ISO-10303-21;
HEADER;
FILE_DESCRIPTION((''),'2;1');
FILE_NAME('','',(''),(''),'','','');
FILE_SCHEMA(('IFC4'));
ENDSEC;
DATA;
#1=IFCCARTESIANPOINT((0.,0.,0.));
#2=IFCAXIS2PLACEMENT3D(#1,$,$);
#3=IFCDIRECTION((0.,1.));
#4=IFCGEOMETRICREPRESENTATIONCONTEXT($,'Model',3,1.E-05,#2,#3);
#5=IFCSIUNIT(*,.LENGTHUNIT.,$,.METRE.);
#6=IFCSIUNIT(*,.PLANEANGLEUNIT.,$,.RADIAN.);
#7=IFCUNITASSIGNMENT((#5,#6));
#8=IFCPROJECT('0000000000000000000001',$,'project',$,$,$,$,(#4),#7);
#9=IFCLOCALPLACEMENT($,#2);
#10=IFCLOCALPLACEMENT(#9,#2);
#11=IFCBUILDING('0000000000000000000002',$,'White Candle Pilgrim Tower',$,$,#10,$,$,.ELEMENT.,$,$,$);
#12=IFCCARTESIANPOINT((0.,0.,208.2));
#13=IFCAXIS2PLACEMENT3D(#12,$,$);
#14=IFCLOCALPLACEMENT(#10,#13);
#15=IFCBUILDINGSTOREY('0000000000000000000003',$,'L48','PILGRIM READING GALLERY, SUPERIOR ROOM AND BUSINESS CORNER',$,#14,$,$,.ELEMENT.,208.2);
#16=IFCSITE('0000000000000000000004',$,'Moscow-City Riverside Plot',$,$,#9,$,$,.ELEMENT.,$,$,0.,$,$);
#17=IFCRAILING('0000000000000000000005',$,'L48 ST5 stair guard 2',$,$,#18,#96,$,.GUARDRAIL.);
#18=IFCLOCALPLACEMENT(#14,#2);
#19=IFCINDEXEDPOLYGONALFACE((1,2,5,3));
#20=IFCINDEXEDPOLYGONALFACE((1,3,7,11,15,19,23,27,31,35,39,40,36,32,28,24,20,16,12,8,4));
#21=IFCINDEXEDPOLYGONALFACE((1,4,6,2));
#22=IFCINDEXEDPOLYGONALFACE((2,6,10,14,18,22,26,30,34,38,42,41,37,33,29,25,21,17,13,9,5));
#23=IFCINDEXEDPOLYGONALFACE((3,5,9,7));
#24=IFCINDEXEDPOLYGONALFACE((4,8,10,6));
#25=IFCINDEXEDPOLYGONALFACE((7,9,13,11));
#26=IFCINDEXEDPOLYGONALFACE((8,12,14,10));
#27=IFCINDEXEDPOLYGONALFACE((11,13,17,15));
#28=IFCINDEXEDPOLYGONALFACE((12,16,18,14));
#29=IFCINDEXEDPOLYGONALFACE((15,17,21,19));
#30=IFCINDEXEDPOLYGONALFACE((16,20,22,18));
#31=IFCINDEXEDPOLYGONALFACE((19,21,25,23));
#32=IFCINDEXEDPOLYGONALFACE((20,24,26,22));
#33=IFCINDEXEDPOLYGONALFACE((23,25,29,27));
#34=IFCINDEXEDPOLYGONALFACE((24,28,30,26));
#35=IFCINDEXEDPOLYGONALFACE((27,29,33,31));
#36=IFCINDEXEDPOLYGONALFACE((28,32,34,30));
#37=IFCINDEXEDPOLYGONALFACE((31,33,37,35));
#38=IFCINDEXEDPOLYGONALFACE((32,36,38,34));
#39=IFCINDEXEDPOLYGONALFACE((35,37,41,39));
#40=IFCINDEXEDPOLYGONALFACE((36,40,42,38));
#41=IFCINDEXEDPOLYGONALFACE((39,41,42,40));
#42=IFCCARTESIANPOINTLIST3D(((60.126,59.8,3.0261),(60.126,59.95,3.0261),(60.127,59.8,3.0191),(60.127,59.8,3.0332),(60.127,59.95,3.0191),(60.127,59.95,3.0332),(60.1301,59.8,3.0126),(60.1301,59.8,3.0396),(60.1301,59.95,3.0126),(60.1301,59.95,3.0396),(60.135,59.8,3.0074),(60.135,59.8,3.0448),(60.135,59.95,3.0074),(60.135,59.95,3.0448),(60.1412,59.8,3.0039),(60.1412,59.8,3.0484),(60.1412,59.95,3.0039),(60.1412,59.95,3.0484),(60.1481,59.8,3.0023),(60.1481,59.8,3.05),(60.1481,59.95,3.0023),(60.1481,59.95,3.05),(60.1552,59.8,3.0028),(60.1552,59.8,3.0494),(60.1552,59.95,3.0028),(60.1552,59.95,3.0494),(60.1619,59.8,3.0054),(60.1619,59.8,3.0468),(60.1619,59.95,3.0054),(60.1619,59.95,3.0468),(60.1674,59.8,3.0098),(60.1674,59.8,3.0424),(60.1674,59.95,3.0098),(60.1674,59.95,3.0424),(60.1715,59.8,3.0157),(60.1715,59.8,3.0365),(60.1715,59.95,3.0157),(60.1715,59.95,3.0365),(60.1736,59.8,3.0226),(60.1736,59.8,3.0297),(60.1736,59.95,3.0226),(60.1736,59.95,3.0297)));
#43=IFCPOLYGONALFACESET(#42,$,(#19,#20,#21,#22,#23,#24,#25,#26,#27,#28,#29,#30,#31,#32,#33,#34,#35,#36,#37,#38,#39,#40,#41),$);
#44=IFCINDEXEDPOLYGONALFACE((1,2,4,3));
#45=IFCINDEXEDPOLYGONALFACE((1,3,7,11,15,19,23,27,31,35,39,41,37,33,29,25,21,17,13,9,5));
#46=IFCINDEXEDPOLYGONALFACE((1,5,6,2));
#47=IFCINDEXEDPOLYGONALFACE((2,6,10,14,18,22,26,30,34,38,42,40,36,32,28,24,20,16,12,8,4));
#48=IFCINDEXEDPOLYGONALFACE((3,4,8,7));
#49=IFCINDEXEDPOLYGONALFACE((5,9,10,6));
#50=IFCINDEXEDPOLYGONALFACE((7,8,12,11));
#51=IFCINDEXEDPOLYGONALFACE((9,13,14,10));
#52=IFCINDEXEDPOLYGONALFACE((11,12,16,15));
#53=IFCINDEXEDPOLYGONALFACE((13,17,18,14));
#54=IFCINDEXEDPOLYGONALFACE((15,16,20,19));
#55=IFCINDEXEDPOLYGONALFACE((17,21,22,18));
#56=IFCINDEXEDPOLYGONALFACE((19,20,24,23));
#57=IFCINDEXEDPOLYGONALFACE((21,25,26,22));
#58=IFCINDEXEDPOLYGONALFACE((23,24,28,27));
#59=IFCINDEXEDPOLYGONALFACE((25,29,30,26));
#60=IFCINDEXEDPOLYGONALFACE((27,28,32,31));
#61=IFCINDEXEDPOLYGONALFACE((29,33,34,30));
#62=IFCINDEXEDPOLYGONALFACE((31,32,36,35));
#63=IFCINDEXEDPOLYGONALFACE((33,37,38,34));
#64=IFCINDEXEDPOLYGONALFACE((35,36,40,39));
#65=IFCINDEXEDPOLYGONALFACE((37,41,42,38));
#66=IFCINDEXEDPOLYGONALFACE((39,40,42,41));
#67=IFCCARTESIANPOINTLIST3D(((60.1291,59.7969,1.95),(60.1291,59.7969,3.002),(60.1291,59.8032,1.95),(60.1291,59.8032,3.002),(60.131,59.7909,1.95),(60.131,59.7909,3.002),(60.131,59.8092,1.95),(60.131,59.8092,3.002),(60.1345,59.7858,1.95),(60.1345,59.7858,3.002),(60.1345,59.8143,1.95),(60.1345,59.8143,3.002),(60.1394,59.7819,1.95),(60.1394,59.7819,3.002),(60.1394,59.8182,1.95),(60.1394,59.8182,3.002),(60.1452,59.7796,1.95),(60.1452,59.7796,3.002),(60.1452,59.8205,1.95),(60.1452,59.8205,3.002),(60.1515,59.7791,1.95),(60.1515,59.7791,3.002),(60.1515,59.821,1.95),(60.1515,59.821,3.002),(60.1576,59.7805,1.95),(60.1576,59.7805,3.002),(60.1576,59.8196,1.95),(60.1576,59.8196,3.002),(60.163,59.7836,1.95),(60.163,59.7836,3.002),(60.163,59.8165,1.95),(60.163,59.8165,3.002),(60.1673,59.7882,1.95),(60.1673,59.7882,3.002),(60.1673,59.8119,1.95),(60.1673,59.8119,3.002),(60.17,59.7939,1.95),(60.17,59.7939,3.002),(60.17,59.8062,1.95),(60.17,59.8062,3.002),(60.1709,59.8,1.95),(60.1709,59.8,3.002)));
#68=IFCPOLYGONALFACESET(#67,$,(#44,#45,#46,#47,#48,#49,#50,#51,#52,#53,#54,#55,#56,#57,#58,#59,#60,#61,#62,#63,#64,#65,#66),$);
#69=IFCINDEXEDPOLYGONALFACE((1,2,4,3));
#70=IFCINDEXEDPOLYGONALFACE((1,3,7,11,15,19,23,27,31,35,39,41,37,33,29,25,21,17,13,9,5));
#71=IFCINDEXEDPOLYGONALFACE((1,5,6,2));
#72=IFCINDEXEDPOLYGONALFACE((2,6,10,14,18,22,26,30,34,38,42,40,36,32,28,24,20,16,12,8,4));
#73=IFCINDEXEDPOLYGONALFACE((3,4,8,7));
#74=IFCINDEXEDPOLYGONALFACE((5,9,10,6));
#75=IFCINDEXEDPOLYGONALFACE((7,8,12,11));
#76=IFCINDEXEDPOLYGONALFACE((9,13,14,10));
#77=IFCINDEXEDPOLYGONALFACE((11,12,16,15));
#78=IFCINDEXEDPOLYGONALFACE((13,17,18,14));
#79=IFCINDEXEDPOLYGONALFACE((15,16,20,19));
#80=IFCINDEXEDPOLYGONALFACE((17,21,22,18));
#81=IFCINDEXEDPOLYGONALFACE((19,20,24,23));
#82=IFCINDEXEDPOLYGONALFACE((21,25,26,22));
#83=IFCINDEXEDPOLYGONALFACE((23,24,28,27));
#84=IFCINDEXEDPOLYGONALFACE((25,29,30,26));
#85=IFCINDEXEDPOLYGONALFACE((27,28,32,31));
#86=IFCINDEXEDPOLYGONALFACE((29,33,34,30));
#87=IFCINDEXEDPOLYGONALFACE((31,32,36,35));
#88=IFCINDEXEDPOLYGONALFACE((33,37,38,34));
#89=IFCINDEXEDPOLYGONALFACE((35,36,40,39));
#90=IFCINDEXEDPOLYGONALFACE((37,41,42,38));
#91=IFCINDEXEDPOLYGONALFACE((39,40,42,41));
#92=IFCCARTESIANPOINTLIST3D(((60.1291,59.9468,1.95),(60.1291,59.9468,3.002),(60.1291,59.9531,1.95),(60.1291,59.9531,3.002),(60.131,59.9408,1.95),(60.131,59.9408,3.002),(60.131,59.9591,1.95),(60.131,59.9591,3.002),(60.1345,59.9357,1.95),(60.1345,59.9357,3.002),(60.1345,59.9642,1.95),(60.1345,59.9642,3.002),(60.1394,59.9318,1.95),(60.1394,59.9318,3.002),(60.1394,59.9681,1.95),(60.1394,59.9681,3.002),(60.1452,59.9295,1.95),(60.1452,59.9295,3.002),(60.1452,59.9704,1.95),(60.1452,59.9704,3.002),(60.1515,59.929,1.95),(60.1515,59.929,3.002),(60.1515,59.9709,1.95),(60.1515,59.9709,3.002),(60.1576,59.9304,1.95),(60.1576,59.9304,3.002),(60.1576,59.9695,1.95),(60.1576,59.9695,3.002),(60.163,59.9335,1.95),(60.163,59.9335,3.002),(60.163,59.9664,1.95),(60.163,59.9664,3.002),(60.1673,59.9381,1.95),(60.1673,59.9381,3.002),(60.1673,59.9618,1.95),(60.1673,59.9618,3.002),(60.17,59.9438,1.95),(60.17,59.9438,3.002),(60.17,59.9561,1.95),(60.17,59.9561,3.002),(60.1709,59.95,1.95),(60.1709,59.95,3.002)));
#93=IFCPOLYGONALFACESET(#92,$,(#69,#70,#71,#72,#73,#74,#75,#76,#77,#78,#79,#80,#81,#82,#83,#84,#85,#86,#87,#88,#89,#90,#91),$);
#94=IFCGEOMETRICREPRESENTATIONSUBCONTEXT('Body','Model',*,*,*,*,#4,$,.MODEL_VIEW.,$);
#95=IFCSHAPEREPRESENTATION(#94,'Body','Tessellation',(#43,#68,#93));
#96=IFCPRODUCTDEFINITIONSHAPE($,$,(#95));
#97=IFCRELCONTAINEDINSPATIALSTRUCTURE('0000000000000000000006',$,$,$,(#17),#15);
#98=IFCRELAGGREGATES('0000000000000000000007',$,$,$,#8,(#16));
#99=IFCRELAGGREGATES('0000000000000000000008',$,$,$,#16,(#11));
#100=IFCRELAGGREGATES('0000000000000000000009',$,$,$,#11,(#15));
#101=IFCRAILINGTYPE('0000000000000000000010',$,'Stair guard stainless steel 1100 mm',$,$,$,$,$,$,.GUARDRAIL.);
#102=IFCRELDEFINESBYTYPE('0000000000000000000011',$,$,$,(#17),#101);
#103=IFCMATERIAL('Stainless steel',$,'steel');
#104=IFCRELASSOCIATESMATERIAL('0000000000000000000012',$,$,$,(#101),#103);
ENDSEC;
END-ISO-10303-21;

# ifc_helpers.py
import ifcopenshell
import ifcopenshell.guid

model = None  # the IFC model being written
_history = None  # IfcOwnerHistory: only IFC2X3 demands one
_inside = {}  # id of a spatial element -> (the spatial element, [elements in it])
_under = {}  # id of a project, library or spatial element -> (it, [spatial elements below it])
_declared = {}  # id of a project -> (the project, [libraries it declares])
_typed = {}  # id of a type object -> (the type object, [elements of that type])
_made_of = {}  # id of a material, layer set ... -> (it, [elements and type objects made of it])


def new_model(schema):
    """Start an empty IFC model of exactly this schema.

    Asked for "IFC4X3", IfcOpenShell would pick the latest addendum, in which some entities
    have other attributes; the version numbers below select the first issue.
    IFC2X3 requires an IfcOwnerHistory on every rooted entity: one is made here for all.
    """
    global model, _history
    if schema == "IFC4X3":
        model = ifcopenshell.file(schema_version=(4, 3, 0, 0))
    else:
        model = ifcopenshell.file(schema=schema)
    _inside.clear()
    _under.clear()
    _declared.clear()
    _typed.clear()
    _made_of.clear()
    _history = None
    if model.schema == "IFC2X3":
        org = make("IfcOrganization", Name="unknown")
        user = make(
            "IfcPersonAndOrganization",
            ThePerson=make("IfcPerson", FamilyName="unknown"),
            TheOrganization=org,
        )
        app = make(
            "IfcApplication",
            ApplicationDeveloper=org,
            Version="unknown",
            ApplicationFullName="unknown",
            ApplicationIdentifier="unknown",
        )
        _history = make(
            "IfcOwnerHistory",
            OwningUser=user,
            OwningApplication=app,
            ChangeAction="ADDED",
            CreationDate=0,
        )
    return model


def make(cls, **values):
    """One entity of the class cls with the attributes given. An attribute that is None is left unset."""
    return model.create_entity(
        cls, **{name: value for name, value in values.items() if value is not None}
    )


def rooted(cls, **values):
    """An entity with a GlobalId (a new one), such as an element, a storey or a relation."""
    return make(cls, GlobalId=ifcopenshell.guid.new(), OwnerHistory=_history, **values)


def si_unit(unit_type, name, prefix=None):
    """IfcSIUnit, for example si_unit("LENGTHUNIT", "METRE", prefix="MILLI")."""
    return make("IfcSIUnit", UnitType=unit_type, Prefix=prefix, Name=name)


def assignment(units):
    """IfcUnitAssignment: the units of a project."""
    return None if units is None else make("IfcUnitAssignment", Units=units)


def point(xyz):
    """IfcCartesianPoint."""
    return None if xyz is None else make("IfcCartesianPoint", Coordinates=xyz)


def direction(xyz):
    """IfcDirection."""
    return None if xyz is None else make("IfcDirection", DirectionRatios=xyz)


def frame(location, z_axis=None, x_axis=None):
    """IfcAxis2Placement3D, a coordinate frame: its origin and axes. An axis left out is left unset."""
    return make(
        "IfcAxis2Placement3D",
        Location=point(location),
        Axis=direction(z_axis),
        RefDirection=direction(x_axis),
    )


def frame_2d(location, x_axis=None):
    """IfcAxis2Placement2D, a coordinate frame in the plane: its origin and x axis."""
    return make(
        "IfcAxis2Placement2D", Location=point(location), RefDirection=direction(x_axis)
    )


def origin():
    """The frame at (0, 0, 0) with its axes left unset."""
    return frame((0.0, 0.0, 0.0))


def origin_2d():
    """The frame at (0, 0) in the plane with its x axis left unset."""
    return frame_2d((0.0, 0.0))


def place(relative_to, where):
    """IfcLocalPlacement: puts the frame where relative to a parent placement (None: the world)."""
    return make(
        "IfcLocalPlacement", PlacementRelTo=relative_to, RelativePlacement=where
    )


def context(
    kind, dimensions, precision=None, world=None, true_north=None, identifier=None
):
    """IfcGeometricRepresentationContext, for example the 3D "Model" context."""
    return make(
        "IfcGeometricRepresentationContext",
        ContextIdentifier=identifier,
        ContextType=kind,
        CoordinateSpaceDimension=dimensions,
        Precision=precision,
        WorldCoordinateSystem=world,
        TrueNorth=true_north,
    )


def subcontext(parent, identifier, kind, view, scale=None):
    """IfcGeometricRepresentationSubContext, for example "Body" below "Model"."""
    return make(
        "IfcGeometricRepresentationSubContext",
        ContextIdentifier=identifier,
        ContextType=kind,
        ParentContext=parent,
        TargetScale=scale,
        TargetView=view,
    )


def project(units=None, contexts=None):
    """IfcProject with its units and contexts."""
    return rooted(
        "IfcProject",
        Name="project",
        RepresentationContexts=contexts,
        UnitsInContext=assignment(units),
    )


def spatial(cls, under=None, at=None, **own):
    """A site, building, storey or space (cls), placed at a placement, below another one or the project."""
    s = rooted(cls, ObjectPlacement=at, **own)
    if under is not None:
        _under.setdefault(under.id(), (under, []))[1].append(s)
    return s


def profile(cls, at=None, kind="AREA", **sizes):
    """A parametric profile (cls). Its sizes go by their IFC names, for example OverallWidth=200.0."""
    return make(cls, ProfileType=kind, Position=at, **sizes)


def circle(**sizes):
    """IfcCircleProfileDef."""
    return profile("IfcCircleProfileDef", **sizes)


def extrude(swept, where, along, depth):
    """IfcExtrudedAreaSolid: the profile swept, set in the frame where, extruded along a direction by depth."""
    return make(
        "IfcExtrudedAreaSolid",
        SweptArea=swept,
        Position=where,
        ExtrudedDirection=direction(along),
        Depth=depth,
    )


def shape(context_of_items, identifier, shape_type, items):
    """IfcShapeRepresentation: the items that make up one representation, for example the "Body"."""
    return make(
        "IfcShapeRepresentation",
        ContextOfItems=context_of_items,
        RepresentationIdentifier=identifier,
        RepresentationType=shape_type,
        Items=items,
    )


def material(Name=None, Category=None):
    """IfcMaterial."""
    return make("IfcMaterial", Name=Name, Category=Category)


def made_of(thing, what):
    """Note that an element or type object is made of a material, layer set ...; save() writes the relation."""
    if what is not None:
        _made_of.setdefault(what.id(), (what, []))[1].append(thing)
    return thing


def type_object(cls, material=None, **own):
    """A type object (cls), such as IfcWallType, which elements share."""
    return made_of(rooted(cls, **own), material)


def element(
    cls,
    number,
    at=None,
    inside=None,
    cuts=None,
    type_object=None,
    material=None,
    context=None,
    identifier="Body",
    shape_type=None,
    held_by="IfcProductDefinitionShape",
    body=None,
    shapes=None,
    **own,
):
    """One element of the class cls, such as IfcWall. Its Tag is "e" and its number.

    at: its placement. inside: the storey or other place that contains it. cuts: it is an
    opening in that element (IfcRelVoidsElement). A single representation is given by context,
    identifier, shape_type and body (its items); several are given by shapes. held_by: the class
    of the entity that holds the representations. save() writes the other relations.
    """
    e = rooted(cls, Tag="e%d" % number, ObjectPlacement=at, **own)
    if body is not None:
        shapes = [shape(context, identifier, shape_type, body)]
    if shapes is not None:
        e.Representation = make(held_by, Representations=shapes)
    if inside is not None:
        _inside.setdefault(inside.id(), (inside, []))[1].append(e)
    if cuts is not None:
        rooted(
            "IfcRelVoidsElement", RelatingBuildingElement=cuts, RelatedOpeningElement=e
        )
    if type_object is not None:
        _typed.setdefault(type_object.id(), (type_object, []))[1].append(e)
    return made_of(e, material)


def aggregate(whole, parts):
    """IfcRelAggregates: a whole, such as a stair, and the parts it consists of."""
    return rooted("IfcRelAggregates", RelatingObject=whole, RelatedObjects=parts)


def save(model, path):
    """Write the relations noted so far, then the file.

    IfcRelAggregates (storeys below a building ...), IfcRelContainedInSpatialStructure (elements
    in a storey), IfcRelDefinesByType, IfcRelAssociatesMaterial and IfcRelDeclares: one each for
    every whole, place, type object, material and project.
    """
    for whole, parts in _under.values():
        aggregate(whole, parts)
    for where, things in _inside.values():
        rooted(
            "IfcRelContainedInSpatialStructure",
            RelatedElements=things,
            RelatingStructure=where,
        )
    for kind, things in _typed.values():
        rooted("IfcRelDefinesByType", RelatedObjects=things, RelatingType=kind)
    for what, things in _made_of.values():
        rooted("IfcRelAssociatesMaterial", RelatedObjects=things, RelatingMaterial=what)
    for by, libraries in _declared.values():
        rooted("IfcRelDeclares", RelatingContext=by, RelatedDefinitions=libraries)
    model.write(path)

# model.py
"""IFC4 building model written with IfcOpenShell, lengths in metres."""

from ifc_helpers import new_model, si_unit, direction, frame, origin, origin_2d, place, context, subcontext, project, spatial, circle, extrude, material, type_object, element, save


model = new_model("IFC4")

# Units and contexts
model_context = context("Model", 3, precision=1e-05, world=origin(), true_north=direction((0.0, 1.0)))
body_context = subcontext(model_context, "Body", "Model", "MODEL_VIEW")
ifc_project = project(units=[si_unit("LENGTHUNIT", "METRE"), si_unit("PLANEANGLEUNIT", "RADIAN")], contexts=[model_context])

# Site, building, storey
site_placement = place(None, origin())
site = spatial("IfcSite", under=ifc_project, at=site_placement, Name="Moscow-City Riverside Plot", CompositionType="ELEMENT", RefElevation=0.0)
building_placement = place(site_placement, origin())
building = spatial("IfcBuilding", under=site, at=building_placement, Name="White Candle Pilgrim Tower", CompositionType="ELEMENT")
storey_placement = place(building_placement, frame((0.0, 0.0, 208.2)))
storey = spatial("IfcBuildingStorey", under=building, at=storey_placement, Name="L48", Description="PILGRIM READING GALLERY, SUPERIOR ROOM AND BUSINESS CORNER", CompositionType="ELEMENT", Elevation=208.2)

# Railing
ifc_material_1 = material(Name="Stainless steel", Category="steel")
railing_type_1 = type_object("IfcRailingType", Name="Stair guard stainless steel 1100 mm", PredefinedType="GUARDRAIL", material=ifc_material_1)
railing_1_placement = place(storey_placement, frame((60.1499, 59.8, 1.95)))
element("IfcRailing", 1, at=railing_1_placement, inside=storey, type_object=railing_type_1, Name="L48 ST5 stair guard 2", PredefinedType="GUARDRAIL", context=body_context, shape_type="SweptSolid", body=[
    extrude(circle(Radius=0.0239, at=origin_2d()), frame((0.0, 0.0, 1.0762), z_axis=(0.0, 1.0, 0.0), x_axis=(-1.0, 0.0, 0.0)), (0.0, 0.0, 1.0), 0.1499),
    extrude(circle(Radius=0.021, at=origin_2d()), origin(), (0.0, 0.0, 1.0), 1.052),
    extrude(circle(Radius=0.021, at=origin_2d()), frame((0.0, 0.1499, 0.0)), (0.0, 0.0, 1.0), 1.052),
])

save(model, "model.ifc")
